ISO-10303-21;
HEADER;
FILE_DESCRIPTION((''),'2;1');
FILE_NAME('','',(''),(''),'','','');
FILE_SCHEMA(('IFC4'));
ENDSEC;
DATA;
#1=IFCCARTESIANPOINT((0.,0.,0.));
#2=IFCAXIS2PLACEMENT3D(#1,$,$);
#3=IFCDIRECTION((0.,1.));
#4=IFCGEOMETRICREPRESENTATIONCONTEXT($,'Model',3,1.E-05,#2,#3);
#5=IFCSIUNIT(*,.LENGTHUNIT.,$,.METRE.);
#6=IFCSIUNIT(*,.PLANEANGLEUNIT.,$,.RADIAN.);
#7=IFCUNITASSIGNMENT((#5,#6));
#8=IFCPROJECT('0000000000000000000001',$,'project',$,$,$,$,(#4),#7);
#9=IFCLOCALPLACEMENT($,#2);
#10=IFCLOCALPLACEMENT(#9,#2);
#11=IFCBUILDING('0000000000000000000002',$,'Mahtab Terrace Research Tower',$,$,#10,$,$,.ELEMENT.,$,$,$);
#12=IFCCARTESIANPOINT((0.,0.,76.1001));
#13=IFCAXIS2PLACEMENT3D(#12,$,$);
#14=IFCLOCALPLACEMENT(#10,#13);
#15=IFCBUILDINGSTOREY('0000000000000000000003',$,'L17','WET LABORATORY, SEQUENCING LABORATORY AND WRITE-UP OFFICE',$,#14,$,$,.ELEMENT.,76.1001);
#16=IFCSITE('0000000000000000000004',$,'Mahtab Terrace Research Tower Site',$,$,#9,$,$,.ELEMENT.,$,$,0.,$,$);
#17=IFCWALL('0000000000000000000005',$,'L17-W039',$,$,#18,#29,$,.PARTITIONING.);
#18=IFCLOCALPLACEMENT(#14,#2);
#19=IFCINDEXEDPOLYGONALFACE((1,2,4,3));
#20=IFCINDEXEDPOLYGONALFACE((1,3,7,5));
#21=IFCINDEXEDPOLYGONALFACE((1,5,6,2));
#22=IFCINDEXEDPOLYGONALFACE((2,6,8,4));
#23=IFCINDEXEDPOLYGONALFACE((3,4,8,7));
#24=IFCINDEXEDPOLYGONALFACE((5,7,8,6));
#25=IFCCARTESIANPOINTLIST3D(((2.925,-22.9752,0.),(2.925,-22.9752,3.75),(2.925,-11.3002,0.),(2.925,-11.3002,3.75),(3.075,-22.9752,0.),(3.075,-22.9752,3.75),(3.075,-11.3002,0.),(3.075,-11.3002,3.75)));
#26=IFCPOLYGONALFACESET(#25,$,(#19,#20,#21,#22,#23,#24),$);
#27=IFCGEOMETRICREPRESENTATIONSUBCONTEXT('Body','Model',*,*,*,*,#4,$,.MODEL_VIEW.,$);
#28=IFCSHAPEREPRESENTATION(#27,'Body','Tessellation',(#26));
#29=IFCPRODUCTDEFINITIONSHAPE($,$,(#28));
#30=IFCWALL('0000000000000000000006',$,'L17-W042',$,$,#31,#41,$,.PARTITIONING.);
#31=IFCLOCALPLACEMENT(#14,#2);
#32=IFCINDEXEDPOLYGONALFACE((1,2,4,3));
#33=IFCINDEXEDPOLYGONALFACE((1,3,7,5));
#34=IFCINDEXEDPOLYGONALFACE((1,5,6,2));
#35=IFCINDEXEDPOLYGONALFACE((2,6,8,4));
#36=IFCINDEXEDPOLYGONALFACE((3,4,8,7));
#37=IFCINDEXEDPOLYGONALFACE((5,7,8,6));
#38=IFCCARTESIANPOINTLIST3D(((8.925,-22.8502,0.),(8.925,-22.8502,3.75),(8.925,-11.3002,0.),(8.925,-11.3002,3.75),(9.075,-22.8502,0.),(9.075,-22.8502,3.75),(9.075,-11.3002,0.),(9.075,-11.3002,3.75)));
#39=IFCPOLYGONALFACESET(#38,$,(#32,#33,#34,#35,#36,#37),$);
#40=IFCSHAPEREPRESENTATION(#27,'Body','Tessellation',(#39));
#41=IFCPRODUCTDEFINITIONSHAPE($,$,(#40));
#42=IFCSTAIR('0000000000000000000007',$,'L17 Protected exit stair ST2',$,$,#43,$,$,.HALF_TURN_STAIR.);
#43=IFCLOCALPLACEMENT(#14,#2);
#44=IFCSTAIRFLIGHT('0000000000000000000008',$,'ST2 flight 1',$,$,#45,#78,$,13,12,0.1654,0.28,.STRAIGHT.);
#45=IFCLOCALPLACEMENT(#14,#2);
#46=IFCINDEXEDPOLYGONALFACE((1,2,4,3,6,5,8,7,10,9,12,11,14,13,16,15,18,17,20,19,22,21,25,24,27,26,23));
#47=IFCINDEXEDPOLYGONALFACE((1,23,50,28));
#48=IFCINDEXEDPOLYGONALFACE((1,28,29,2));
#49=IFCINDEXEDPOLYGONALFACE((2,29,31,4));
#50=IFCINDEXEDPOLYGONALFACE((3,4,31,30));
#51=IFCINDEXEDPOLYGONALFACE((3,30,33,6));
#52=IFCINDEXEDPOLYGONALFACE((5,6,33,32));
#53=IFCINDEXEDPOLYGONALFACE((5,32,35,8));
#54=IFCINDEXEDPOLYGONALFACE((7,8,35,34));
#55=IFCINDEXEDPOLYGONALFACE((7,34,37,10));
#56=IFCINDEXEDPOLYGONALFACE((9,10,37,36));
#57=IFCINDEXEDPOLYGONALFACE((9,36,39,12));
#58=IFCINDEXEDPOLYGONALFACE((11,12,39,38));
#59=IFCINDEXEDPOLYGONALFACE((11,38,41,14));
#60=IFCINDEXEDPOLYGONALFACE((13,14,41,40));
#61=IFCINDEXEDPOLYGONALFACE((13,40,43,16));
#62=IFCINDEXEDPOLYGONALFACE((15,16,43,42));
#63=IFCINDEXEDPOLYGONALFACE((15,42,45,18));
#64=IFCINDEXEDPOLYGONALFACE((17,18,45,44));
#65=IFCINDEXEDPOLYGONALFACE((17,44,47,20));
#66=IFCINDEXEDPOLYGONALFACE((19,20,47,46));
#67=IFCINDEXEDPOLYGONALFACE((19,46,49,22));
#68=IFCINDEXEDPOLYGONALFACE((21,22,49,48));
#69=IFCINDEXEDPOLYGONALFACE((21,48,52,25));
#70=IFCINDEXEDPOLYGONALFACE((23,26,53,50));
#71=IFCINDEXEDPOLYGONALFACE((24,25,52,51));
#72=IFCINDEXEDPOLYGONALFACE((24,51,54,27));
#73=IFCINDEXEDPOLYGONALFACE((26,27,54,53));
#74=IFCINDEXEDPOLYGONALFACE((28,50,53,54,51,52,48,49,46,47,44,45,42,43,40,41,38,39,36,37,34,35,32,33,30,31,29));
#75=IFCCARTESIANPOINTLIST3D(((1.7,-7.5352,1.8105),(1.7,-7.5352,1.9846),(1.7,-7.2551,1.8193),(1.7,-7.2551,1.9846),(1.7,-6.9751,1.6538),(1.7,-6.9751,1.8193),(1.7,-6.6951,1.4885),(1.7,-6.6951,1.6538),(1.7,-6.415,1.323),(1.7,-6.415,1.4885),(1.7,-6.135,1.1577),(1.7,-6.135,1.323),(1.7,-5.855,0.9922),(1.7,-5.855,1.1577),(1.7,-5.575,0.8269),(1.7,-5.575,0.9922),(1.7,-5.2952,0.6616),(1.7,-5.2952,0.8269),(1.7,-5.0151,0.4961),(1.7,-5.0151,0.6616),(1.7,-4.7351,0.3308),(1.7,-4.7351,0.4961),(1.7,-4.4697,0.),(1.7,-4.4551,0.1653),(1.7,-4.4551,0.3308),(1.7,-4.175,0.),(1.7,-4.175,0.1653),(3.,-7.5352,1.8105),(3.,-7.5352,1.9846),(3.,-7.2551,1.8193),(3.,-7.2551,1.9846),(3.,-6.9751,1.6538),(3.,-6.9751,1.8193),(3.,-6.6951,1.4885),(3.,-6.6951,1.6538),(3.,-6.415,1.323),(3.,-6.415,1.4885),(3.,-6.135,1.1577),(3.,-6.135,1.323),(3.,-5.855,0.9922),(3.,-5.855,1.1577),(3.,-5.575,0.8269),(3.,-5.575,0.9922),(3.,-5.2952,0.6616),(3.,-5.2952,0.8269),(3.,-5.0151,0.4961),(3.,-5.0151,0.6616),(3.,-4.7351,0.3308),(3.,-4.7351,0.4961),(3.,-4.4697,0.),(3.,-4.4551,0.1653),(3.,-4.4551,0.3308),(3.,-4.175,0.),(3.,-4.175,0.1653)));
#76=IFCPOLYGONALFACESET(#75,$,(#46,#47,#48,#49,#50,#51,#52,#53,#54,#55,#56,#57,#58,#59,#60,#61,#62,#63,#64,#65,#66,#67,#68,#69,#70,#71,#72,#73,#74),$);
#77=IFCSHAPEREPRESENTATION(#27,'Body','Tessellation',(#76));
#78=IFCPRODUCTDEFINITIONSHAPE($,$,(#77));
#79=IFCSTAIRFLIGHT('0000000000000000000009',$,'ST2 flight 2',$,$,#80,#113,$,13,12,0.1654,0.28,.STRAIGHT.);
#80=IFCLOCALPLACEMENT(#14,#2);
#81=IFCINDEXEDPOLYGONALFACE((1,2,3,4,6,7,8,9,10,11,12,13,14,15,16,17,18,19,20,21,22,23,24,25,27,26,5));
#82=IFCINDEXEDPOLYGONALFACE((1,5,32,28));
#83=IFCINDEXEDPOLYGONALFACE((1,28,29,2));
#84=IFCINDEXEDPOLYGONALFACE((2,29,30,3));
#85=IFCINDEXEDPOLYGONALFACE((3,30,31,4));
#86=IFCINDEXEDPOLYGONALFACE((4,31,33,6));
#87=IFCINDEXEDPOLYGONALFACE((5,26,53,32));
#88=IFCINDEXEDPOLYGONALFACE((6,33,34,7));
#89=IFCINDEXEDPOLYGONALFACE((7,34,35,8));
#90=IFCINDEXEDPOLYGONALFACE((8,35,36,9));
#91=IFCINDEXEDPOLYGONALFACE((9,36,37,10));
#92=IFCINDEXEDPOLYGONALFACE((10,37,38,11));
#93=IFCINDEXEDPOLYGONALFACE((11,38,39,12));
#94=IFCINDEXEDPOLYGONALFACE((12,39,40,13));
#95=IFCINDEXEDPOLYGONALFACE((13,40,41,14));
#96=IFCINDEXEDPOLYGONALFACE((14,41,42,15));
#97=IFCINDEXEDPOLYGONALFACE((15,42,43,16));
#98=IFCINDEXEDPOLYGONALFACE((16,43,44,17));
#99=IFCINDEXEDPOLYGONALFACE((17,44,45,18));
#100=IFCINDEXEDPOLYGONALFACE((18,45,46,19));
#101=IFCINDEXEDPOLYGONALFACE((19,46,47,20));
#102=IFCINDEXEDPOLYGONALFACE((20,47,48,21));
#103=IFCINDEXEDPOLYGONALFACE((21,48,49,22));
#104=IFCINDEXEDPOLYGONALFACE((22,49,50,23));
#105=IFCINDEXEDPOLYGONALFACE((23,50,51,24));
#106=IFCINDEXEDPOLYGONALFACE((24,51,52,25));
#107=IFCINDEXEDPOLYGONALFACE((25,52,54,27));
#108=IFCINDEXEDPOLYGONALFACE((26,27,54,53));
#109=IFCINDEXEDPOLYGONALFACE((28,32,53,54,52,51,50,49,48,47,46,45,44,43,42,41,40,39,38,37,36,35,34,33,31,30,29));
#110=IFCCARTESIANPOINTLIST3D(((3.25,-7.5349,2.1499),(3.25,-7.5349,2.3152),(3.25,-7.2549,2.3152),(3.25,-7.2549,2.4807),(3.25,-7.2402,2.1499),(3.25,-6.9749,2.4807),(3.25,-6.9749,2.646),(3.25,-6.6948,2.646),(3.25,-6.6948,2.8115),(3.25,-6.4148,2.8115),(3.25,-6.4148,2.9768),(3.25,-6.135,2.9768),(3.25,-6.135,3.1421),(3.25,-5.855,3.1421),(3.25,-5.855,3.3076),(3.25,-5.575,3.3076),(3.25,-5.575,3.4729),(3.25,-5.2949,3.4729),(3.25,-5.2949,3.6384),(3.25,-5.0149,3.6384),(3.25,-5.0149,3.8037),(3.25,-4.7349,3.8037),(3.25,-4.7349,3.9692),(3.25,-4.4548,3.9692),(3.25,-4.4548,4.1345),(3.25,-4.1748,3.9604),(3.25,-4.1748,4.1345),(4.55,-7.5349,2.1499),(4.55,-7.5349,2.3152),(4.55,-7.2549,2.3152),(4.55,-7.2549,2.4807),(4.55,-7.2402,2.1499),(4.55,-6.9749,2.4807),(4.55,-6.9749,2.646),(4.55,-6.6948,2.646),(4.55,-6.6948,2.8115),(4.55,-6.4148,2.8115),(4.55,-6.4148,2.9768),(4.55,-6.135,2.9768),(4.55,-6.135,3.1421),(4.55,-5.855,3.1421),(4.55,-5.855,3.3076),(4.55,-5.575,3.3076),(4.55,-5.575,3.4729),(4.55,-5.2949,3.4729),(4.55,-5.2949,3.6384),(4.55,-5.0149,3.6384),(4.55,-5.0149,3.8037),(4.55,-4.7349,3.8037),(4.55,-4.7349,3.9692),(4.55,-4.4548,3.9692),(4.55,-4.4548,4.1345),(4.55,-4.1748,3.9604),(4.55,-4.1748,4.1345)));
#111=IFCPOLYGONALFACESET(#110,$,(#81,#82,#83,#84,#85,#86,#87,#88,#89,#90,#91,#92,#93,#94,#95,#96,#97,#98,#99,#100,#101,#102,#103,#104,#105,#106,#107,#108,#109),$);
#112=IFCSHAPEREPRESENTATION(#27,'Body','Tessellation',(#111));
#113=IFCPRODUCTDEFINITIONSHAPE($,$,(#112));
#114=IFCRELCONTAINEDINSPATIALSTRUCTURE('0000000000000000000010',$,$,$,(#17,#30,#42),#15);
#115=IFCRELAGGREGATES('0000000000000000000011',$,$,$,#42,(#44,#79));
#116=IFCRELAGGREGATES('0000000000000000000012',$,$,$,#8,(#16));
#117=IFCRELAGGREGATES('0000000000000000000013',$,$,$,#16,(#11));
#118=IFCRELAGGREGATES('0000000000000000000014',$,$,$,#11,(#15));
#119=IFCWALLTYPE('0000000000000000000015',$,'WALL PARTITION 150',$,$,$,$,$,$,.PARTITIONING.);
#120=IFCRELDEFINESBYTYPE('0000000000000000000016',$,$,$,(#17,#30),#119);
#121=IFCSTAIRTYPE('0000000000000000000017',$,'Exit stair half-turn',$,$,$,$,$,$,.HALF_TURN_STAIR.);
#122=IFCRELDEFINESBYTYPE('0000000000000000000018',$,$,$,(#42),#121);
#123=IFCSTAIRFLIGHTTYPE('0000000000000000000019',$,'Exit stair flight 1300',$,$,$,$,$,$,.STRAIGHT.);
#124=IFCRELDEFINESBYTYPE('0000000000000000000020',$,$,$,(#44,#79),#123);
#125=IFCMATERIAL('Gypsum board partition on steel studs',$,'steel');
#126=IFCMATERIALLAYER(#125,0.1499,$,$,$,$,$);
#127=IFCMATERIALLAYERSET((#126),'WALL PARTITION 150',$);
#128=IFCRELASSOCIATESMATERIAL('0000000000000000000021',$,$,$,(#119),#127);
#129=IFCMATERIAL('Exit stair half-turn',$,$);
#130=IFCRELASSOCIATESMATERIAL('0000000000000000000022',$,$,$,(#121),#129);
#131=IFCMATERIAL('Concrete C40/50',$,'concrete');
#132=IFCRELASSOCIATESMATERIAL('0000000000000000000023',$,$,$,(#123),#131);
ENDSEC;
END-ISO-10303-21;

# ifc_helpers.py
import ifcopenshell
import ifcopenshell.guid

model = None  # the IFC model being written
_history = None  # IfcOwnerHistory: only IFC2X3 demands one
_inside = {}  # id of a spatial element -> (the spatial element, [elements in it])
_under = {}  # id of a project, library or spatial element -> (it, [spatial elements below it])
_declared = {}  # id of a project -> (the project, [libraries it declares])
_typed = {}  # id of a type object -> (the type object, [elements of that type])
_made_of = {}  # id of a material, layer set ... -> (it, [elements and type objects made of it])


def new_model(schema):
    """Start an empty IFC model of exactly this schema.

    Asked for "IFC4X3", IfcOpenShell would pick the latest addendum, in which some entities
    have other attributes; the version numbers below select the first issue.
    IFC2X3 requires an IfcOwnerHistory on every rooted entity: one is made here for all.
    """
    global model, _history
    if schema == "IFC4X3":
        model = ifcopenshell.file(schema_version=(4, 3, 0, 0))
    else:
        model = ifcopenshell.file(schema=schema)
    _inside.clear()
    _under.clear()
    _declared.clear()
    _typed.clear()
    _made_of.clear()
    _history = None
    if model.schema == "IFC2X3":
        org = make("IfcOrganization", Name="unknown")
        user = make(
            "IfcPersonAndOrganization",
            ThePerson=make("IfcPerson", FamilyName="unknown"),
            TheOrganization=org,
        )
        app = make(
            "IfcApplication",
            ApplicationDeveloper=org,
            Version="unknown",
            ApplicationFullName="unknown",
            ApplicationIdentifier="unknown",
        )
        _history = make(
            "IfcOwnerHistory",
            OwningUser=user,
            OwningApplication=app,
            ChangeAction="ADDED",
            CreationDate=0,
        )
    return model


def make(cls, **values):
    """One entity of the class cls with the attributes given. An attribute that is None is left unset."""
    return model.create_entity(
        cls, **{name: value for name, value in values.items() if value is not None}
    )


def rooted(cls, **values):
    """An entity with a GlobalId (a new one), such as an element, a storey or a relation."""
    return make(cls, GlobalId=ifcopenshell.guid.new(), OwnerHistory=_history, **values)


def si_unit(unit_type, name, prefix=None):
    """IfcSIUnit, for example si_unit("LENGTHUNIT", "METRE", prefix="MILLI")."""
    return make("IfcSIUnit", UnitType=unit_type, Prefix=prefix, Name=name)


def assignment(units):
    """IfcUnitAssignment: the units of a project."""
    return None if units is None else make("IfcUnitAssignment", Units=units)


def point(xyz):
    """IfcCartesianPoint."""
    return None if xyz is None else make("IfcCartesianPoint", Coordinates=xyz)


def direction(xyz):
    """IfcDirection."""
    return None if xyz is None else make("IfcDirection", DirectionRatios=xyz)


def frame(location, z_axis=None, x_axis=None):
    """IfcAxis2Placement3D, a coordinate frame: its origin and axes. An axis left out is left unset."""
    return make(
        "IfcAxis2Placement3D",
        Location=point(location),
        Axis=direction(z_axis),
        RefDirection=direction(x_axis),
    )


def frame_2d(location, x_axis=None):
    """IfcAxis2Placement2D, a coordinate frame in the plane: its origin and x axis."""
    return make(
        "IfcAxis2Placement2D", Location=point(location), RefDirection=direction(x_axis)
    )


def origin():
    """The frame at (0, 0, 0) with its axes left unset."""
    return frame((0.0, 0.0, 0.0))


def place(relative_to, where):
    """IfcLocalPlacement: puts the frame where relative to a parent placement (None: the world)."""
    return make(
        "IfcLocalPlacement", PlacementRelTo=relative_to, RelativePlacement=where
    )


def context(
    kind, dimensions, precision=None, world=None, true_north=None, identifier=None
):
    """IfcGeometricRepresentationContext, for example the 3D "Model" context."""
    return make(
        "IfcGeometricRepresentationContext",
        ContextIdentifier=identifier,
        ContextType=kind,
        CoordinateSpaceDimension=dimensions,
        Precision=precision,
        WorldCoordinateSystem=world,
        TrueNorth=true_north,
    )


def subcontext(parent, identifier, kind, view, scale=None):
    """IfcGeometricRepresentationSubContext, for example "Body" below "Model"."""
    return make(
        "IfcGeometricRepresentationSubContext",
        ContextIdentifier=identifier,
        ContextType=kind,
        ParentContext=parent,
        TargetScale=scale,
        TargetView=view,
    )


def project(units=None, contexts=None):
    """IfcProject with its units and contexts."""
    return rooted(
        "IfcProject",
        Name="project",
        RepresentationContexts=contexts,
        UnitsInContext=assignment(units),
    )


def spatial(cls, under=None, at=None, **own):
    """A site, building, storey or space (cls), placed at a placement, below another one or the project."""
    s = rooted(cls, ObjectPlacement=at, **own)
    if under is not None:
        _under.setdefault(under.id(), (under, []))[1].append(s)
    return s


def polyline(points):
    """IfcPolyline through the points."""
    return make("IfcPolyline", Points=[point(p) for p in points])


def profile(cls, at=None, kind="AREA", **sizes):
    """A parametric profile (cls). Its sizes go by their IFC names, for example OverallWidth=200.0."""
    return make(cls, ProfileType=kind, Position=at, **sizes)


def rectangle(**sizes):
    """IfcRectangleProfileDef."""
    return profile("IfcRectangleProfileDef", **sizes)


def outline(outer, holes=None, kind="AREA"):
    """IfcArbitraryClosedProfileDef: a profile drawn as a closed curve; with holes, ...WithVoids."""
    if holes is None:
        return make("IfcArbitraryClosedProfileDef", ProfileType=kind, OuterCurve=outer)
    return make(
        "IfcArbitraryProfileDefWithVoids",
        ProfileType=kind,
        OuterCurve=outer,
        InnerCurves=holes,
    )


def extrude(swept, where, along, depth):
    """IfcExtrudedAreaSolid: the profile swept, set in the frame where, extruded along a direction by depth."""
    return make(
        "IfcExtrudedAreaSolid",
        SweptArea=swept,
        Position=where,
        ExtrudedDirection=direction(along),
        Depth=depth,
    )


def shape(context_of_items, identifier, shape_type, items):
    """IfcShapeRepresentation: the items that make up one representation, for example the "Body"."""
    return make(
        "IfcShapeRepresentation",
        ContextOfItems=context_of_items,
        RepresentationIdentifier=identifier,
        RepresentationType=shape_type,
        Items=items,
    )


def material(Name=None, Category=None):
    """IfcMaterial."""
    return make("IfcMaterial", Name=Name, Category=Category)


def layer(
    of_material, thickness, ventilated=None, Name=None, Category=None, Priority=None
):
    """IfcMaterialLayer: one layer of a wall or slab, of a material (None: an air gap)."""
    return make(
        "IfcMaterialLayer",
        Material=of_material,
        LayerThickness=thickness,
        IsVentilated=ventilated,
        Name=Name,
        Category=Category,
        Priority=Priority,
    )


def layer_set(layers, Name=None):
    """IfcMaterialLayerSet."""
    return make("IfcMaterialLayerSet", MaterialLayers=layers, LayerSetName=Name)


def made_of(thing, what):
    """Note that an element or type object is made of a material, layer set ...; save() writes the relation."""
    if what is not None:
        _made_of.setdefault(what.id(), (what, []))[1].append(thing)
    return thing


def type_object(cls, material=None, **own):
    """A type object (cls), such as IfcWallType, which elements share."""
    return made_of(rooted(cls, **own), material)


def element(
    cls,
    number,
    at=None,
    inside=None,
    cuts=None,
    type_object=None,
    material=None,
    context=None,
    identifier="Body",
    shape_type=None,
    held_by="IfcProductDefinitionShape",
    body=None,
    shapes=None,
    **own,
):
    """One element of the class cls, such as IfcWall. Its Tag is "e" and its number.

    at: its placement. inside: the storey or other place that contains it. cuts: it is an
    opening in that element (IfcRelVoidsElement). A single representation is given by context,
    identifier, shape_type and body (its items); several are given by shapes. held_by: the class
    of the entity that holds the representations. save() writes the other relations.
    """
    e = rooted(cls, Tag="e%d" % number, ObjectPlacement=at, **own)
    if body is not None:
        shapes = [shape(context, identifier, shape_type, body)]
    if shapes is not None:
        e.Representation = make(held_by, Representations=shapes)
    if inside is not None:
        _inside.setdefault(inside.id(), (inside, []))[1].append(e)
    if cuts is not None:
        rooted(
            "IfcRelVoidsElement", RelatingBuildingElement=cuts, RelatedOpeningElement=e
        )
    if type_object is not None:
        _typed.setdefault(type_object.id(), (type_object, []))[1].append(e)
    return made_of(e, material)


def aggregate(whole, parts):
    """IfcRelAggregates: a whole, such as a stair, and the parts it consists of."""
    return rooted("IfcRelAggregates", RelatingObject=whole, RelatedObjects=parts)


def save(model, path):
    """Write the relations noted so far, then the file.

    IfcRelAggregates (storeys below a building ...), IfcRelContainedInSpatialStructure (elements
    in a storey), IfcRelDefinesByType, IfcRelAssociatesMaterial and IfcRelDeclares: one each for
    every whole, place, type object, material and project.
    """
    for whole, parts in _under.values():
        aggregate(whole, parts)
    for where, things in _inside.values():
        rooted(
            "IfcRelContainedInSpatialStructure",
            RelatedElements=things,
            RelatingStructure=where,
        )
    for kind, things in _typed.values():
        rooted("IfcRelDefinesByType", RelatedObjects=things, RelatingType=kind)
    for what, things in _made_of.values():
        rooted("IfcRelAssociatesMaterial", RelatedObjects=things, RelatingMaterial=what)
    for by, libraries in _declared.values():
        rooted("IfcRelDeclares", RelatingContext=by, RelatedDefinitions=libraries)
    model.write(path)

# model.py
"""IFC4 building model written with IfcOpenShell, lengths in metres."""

from ifc_helpers import new_model, si_unit, direction, frame, frame_2d, origin, place, context, subcontext, project, spatial, polyline, rectangle, outline, extrude, material, layer, layer_set, type_object, element, aggregate, save


model = new_model("IFC4")

# Units and contexts
model_context = context("Model", 3, precision=1e-05, world=origin(), true_north=direction((0.0, 1.0)))
body_context = subcontext(model_context, "Body", "Model", "MODEL_VIEW")
ifc_project = project(units=[si_unit("LENGTHUNIT", "METRE"), si_unit("PLANEANGLEUNIT", "RADIAN")], contexts=[model_context])

# Site, building, storey
site_placement = place(None, origin())
site = spatial("IfcSite", under=ifc_project, at=site_placement, Name="Mahtab Terrace Research Tower Site", CompositionType="ELEMENT", RefElevation=0.0)
building_placement = place(site_placement, origin())
building = spatial("IfcBuilding", under=site, at=building_placement, Name="Mahtab Terrace Research Tower", CompositionType="ELEMENT")
storey_placement = place(building_placement, frame((0.0, 0.0, 76.1001)))
storey = spatial("IfcBuildingStorey", under=building, at=storey_placement, Name="L17", Description="WET LABORATORY, SEQUENCING LABORATORY AND WRITE-UP OFFICE", CompositionType="ELEMENT", Elevation=76.1001)

# Walls
ifc_material_1 = material(Name="Gypsum board partition on steel studs", Category="steel")
ifc_layer_1 = layer(ifc_material_1, 0.1499)
ifc_layer_set_1 = layer_set([ifc_layer_1], Name="WALL PARTITION 150")
wall_type_1 = type_object("IfcWallType", Name="WALL PARTITION 150", PredefinedType="PARTITIONING", material=ifc_layer_set_1)
wall_1_placement = place(storey_placement, frame((3.0, -22.9751, 0.0), z_axis=(0.0, 0.0, 1.0), x_axis=(0.0, 1.0, 0.0)))
element("IfcWall", 1, at=wall_1_placement, inside=storey, type_object=wall_type_1, Name="L17-W039", PredefinedType="PARTITIONING", context=body_context, shape_type="SweptSolid", body=[
    extrude(rectangle(XDim=11.675, YDim=0.1499, at=frame_2d((5.8374, 0.0))), origin(), (0.0, 0.0, 1.0), 3.75),
])
wall_2_placement = place(storey_placement, frame((9.0, -22.8501, 0.0), z_axis=(0.0, 0.0, 1.0), x_axis=(0.0, 1.0, 0.0)))
element("IfcWall", 2, at=wall_2_placement, inside=storey, type_object=wall_type_1, Name="L17-W042", PredefinedType="PARTITIONING", context=body_context, shape_type="SweptSolid", body=[
    extrude(rectangle(XDim=11.55, YDim=0.1499, at=frame_2d((5.7749, 0.0))), origin(), (0.0, 0.0, 1.0), 3.75),
])

# Stair, stair flights
ifc_material_2 = material(Name="Exit stair half-turn")
stair_type = type_object("IfcStairType", Name="Exit stair half-turn", PredefinedType="HALF_TURN_STAIR", material=ifc_material_2)
stair_placement = place(storey_placement, origin())
stair = element("IfcStair", 3, at=stair_placement, inside=storey, type_object=stair_type, Name="L17 Protected exit stair ST2", PredefinedType="HALF_TURN_STAIR")
ifc_material_3 = material(Name="Concrete C40/50", Category="concrete")
stair_flight_type = type_object("IfcStairFlightType", Name="Exit stair flight 1300", PredefinedType="STRAIGHT", material=ifc_material_3)
stair_flight_1_placement = place(storey_placement, frame((2.3501, -4.175, 0.0), z_axis=(0.0, 0.0, 1.0), x_axis=(0.0, -1.0, 0.0)))
stair_flight_1 = element("IfcStairFlight", 4, at=stair_flight_1_placement, type_object=stair_flight_type, Name="ST2 flight 1", NumberOfRisers=13, NumberOfTreads=12, PredefinedType="STRAIGHT", RiserHeight=0.1654, TreadLength=0.28, context=body_context, shape_type="SweptSolid", body=[
    extrude(outline(polyline([(0.0, 0.0), (0.0, 0.1653), (0.28, 0.1653), (0.28, 0.3308), (0.5601, 0.3308), (0.5601, 0.4961), (0.8401, 0.4961), (0.8401, 0.6616), (1.1201, 0.6616), (1.1201, 0.8269), (1.3999, 0.8269), (1.3999, 0.9922), (1.6799, 0.9922), (1.6799, 1.1577), (1.96, 1.1577), (1.96, 1.323), (2.24, 1.323), (2.24, 1.4885), (2.52, 1.4885), (2.52, 1.6538), (2.8, 1.6538), (2.8, 1.8193), (3.0801, 1.8193), (3.0801, 1.9846), (3.3601, 1.9846), (3.3601, 2.1499), (3.3601, 1.8105), (0.2947, 0.0), (0.0, 0.0)])), frame((0.0, 0.6499, 0.0), z_axis=(0.0, -1.0, 0.0), x_axis=(1.0, 0.0, 0.0)), (0.0, 0.0, 1.0), 1.3),
])
stair_flight_2_placement = place(storey_placement, frame((3.8999, -7.5349, 2.1499), z_axis=(0.0, 0.0, 1.0), x_axis=(0.0, 1.0, 0.0)))
stair_flight_2 = element("IfcStairFlight", 5, at=stair_flight_2_placement, type_object=stair_flight_type, Name="ST2 flight 2", NumberOfRisers=13, NumberOfTreads=12, PredefinedType="STRAIGHT", RiserHeight=0.1654, TreadLength=0.28, context=body_context, shape_type="SweptSolid", body=[
    extrude(outline(polyline([(0.0, 0.0), (0.0, 0.1653), (0.28, 0.1653), (0.28, 0.3308), (0.5601, 0.3308), (0.5601, 0.4961), (0.8401, 0.4961), (0.8401, 0.6616), (1.1201, 0.6616), (1.1201, 0.8269), (1.3999, 0.8269), (1.3999, 0.9922), (1.6799, 0.9922), (1.6799, 1.1577), (1.96, 1.1577), (1.96, 1.323), (2.24, 1.323), (2.24, 1.4885), (2.52, 1.4885), (2.52, 1.6538), (2.8, 1.6538), (2.8, 1.8193), (3.0801, 1.8193), (3.0801, 1.9846), (3.3601, 1.9846), (3.3601, 2.1499), (3.3601, 1.8105), (0.2947, 0.0), (0.0, 0.0)])), frame((0.0, 0.6499, 0.0), z_axis=(0.0, -1.0, 0.0), x_axis=(1.0, 0.0, 0.0)), (0.0, 0.0, 1.0), 1.3),
])
aggregate(stair, [stair_flight_1, stair_flight_2])

save(model, "model.ifc")
